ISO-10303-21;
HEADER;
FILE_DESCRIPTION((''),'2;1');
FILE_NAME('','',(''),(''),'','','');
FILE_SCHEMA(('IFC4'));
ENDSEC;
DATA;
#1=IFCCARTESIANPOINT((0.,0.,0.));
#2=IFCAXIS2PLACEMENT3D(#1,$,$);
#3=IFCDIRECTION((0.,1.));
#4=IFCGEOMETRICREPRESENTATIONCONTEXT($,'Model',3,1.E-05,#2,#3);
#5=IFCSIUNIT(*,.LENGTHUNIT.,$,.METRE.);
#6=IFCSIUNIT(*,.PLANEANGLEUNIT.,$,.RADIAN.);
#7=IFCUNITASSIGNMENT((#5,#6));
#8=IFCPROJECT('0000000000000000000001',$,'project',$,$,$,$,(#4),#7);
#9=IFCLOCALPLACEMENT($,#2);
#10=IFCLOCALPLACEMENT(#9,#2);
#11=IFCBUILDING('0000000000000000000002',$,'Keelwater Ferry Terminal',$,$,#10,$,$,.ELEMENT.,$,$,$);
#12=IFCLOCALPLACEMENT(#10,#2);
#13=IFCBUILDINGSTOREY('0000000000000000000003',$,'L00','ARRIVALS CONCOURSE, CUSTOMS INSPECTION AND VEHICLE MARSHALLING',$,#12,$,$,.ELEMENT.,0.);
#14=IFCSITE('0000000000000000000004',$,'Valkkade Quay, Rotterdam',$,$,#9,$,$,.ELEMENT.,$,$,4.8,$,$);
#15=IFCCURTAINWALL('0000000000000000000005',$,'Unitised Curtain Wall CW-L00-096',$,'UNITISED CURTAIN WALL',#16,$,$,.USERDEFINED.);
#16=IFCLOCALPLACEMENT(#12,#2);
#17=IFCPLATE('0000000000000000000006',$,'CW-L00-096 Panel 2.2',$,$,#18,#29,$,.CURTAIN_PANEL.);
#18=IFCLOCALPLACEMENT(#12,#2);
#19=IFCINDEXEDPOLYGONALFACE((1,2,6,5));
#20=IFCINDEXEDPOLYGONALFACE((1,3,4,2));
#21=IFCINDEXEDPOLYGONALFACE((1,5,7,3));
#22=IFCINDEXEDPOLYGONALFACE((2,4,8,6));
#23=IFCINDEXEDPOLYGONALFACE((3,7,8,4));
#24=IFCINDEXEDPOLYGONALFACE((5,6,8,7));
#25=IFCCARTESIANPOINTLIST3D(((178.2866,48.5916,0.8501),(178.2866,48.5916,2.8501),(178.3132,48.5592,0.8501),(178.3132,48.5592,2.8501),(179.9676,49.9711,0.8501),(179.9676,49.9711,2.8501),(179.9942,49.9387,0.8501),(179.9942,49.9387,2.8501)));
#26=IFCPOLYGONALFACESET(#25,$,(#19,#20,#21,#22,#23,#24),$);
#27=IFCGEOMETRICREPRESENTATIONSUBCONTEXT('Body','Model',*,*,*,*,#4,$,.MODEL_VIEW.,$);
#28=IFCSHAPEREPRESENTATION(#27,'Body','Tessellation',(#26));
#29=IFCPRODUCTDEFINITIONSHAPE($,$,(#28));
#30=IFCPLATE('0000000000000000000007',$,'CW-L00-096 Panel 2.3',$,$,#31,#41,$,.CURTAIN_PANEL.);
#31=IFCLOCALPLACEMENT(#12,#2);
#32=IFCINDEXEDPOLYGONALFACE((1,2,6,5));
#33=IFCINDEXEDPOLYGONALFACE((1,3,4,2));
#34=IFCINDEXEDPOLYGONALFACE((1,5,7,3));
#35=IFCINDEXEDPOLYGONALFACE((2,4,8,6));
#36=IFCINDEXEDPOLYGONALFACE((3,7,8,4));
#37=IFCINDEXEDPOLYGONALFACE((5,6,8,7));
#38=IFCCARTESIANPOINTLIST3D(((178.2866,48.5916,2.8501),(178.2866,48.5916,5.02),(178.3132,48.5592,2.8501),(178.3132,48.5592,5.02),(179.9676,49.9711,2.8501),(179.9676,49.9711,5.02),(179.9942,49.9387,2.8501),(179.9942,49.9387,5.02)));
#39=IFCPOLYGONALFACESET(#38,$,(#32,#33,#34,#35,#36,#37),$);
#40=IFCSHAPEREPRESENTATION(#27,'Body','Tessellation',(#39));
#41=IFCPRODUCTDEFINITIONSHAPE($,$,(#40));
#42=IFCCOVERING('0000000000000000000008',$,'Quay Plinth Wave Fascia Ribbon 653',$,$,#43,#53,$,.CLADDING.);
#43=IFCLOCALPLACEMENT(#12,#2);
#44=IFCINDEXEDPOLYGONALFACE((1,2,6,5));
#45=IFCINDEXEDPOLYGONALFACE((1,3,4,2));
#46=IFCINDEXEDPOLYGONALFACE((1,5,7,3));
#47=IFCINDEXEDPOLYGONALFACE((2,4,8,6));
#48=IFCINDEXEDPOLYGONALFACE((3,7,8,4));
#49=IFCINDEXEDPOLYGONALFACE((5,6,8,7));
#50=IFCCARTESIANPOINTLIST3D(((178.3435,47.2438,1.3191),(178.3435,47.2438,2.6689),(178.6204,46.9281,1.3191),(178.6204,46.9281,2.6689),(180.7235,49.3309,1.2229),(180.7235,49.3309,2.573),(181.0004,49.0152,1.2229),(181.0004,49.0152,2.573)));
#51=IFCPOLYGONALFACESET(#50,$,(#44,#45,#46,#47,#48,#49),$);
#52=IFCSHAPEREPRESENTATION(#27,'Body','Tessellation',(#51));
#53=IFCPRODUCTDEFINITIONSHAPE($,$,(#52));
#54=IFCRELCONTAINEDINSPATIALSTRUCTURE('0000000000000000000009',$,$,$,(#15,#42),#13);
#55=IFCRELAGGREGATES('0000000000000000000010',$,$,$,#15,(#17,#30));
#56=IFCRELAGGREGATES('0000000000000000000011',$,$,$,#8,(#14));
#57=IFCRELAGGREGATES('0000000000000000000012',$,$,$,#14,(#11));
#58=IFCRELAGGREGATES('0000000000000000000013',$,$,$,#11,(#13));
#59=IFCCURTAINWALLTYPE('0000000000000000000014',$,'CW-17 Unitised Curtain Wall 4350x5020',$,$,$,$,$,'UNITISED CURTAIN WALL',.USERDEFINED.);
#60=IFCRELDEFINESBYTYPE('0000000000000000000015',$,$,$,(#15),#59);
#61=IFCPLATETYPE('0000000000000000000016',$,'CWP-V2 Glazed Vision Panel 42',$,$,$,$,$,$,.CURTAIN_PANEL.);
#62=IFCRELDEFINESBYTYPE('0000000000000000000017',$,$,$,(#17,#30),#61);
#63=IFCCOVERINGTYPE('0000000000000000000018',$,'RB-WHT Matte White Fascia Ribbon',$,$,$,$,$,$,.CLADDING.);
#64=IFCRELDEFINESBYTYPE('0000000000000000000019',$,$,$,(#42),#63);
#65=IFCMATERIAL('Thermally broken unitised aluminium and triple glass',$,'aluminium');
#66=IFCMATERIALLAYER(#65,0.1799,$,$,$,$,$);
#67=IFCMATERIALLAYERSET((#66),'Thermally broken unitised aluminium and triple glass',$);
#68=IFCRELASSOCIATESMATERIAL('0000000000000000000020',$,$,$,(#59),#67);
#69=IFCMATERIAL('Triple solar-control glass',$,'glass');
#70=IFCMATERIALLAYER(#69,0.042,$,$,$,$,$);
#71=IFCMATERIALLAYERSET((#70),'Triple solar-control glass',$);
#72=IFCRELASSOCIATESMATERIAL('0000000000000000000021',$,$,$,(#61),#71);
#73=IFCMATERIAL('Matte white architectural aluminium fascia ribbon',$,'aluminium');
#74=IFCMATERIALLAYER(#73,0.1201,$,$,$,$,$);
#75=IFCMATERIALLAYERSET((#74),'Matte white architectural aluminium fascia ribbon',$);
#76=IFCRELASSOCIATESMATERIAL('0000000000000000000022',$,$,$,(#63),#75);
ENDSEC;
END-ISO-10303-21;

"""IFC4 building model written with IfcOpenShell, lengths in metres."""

from ifc_helpers import new_model, si_unit, direction, frame, origin, origin_2d, place, context, subcontext, project, spatial, polyline, rectangle, outline, extrude, material, layer, layer_set, type_object, element, aggregate, save


model = new_model("IFC4")

# Units and contexts
model_context = context("Model", 3, precision=1e-05, world=origin(), true_north=direction((0.0, 1.0)))
body_context = subcontext(model_context, "Body", "Model", "MODEL_VIEW")
ifc_project = project(units=[si_unit("LENGTHUNIT", "METRE"), si_unit("PLANEANGLEUNIT", "RADIAN")], contexts=[model_context])

# Site, building, storey
site_placement = place(None, origin())
site = spatial("IfcSite", under=ifc_project, at=site_placement, Name="Valkkade Quay, Rotterdam", CompositionType="ELEMENT", RefElevation=4.8)
building_placement = place(site_placement, origin())
building = spatial("IfcBuilding", under=site, at=building_placement, Name="Keelwater Ferry Terminal", CompositionType="ELEMENT")
storey_placement = place(building_placement, origin())
storey = spatial("IfcBuildingStorey", under=building, at=storey_placement, Name="L00", Description="ARRIVALS CONCOURSE, CUSTOMS INSPECTION AND VEHICLE MARSHALLING", CompositionType="ELEMENT", Elevation=0.0)

# Curtain wall
ifc_material_1 = material(Name="Thermally broken unitised aluminium and triple glass", Category="aluminium")
ifc_layer_1 = layer(ifc_material_1, 0.1799)
ifc_layer_set_1 = layer_set([ifc_layer_1], Name="Thermally broken unitised aluminium and triple glass")
curtain_wall_type = type_object("IfcCurtainWallType", Name="CW-17 Unitised Curtain Wall 4350x5020", ElementType="UNITISED CURTAIN WALL", PredefinedType="USERDEFINED", material=ifc_layer_set_1)
curtain_wall_1_placement = place(storey_placement, origin())
curtain_wall_1 = element("IfcCurtainWall", 1, at=curtain_wall_1_placement, inside=storey, type_object=curtain_wall_type, Name="Unitised Curtain Wall CW-L00-096", ObjectType="UNITISED CURTAIN WALL", PredefinedType="USERDEFINED")

# Plates
ifc_material_2 = material(Name="Triple solar-control glass", Category="glass")
ifc_layer_2 = layer(ifc_material_2, 0.042)
ifc_layer_set_2 = layer_set([ifc_layer_2], Name="Triple solar-control glass")
plate_type_1 = type_object("IfcPlateType", Name="CWP-V2 Glazed Vision Panel 42", PredefinedType="CURTAIN_PANEL", material=ifc_layer_set_2)
plate_1_placement = place(storey_placement, frame((179.1404, 49.2651, 0.8501), z_axis=(0.0, 0.0, 1.0), x_axis=(0.773024, 0.634377, 0.0)))
plate_1 = element("IfcPlate", 2, at=plate_1_placement, type_object=plate_type_1, Name="CW-L00-096 Panel 2.2", PredefinedType="CURTAIN_PANEL", context=body_context, shape_type="SweptSolid", body=[
    extrude(rectangle(XDim=2.1746, YDim=0.042, at=origin_2d()), origin(), (0.0, 0.0, 1.0), 2.0),
])
plate_2_placement = place(storey_placement, frame((179.1404, 49.2651, 2.8501), z_axis=(0.0, 0.0, 1.0), x_axis=(0.773024, 0.634377, 0.0)))
plate_2 = element("IfcPlate", 3, at=plate_2_placement, type_object=plate_type_1, Name="CW-L00-096 Panel 2.3", PredefinedType="CURTAIN_PANEL", context=body_context, shape_type="SweptSolid", body=[
    extrude(rectangle(XDim=2.1746, YDim=0.042, at=origin_2d()), origin(), (0.0, 0.0, 1.0), 2.1699),
])
aggregate(curtain_wall_1, [plate_1, plate_2])

# Covering
ifc_material_3 = material(Name="Matte white architectural aluminium fascia ribbon", Category="aluminium")
ifc_layer_3 = layer(ifc_material_3, 0.1201)
ifc_layer_set_3 = layer_set([ifc_layer_3], Name="Matte white architectural aluminium fascia ribbon")
covering_type = type_object("IfcCoveringType", Name="RB-WHT Matte White Fascia Ribbon", PredefinedType="CLADDING", material=ifc_layer_set_3)
covering_placement = place(storey_placement, frame((178.4819, 47.0859, 1.2229), z_axis=(0.0, 0.0, 1.0), x_axis=(0.751864, 0.659318, 0.0)))
element("IfcCovering", 4, at=covering_placement, inside=storey, type_object=covering_type, Name="Quay Plinth Wave Fascia Ribbon 653", PredefinedType="CLADDING", context=body_context, shape_type="SweptSolid", body=[
    extrude(outline(polyline([(0.0, 0.0962), (3.1655, 0.0), (3.1655, 1.3501), (0.0, 1.446), (0.0, 0.0962)])), frame((0.0, 0.21, 0.0), z_axis=(0.0, -1.0, 0.0), x_axis=(1.0, 0.0, 0.0)), (0.0, 0.0, 1.0), 0.4199),
])

save(model, "model.ifc")
